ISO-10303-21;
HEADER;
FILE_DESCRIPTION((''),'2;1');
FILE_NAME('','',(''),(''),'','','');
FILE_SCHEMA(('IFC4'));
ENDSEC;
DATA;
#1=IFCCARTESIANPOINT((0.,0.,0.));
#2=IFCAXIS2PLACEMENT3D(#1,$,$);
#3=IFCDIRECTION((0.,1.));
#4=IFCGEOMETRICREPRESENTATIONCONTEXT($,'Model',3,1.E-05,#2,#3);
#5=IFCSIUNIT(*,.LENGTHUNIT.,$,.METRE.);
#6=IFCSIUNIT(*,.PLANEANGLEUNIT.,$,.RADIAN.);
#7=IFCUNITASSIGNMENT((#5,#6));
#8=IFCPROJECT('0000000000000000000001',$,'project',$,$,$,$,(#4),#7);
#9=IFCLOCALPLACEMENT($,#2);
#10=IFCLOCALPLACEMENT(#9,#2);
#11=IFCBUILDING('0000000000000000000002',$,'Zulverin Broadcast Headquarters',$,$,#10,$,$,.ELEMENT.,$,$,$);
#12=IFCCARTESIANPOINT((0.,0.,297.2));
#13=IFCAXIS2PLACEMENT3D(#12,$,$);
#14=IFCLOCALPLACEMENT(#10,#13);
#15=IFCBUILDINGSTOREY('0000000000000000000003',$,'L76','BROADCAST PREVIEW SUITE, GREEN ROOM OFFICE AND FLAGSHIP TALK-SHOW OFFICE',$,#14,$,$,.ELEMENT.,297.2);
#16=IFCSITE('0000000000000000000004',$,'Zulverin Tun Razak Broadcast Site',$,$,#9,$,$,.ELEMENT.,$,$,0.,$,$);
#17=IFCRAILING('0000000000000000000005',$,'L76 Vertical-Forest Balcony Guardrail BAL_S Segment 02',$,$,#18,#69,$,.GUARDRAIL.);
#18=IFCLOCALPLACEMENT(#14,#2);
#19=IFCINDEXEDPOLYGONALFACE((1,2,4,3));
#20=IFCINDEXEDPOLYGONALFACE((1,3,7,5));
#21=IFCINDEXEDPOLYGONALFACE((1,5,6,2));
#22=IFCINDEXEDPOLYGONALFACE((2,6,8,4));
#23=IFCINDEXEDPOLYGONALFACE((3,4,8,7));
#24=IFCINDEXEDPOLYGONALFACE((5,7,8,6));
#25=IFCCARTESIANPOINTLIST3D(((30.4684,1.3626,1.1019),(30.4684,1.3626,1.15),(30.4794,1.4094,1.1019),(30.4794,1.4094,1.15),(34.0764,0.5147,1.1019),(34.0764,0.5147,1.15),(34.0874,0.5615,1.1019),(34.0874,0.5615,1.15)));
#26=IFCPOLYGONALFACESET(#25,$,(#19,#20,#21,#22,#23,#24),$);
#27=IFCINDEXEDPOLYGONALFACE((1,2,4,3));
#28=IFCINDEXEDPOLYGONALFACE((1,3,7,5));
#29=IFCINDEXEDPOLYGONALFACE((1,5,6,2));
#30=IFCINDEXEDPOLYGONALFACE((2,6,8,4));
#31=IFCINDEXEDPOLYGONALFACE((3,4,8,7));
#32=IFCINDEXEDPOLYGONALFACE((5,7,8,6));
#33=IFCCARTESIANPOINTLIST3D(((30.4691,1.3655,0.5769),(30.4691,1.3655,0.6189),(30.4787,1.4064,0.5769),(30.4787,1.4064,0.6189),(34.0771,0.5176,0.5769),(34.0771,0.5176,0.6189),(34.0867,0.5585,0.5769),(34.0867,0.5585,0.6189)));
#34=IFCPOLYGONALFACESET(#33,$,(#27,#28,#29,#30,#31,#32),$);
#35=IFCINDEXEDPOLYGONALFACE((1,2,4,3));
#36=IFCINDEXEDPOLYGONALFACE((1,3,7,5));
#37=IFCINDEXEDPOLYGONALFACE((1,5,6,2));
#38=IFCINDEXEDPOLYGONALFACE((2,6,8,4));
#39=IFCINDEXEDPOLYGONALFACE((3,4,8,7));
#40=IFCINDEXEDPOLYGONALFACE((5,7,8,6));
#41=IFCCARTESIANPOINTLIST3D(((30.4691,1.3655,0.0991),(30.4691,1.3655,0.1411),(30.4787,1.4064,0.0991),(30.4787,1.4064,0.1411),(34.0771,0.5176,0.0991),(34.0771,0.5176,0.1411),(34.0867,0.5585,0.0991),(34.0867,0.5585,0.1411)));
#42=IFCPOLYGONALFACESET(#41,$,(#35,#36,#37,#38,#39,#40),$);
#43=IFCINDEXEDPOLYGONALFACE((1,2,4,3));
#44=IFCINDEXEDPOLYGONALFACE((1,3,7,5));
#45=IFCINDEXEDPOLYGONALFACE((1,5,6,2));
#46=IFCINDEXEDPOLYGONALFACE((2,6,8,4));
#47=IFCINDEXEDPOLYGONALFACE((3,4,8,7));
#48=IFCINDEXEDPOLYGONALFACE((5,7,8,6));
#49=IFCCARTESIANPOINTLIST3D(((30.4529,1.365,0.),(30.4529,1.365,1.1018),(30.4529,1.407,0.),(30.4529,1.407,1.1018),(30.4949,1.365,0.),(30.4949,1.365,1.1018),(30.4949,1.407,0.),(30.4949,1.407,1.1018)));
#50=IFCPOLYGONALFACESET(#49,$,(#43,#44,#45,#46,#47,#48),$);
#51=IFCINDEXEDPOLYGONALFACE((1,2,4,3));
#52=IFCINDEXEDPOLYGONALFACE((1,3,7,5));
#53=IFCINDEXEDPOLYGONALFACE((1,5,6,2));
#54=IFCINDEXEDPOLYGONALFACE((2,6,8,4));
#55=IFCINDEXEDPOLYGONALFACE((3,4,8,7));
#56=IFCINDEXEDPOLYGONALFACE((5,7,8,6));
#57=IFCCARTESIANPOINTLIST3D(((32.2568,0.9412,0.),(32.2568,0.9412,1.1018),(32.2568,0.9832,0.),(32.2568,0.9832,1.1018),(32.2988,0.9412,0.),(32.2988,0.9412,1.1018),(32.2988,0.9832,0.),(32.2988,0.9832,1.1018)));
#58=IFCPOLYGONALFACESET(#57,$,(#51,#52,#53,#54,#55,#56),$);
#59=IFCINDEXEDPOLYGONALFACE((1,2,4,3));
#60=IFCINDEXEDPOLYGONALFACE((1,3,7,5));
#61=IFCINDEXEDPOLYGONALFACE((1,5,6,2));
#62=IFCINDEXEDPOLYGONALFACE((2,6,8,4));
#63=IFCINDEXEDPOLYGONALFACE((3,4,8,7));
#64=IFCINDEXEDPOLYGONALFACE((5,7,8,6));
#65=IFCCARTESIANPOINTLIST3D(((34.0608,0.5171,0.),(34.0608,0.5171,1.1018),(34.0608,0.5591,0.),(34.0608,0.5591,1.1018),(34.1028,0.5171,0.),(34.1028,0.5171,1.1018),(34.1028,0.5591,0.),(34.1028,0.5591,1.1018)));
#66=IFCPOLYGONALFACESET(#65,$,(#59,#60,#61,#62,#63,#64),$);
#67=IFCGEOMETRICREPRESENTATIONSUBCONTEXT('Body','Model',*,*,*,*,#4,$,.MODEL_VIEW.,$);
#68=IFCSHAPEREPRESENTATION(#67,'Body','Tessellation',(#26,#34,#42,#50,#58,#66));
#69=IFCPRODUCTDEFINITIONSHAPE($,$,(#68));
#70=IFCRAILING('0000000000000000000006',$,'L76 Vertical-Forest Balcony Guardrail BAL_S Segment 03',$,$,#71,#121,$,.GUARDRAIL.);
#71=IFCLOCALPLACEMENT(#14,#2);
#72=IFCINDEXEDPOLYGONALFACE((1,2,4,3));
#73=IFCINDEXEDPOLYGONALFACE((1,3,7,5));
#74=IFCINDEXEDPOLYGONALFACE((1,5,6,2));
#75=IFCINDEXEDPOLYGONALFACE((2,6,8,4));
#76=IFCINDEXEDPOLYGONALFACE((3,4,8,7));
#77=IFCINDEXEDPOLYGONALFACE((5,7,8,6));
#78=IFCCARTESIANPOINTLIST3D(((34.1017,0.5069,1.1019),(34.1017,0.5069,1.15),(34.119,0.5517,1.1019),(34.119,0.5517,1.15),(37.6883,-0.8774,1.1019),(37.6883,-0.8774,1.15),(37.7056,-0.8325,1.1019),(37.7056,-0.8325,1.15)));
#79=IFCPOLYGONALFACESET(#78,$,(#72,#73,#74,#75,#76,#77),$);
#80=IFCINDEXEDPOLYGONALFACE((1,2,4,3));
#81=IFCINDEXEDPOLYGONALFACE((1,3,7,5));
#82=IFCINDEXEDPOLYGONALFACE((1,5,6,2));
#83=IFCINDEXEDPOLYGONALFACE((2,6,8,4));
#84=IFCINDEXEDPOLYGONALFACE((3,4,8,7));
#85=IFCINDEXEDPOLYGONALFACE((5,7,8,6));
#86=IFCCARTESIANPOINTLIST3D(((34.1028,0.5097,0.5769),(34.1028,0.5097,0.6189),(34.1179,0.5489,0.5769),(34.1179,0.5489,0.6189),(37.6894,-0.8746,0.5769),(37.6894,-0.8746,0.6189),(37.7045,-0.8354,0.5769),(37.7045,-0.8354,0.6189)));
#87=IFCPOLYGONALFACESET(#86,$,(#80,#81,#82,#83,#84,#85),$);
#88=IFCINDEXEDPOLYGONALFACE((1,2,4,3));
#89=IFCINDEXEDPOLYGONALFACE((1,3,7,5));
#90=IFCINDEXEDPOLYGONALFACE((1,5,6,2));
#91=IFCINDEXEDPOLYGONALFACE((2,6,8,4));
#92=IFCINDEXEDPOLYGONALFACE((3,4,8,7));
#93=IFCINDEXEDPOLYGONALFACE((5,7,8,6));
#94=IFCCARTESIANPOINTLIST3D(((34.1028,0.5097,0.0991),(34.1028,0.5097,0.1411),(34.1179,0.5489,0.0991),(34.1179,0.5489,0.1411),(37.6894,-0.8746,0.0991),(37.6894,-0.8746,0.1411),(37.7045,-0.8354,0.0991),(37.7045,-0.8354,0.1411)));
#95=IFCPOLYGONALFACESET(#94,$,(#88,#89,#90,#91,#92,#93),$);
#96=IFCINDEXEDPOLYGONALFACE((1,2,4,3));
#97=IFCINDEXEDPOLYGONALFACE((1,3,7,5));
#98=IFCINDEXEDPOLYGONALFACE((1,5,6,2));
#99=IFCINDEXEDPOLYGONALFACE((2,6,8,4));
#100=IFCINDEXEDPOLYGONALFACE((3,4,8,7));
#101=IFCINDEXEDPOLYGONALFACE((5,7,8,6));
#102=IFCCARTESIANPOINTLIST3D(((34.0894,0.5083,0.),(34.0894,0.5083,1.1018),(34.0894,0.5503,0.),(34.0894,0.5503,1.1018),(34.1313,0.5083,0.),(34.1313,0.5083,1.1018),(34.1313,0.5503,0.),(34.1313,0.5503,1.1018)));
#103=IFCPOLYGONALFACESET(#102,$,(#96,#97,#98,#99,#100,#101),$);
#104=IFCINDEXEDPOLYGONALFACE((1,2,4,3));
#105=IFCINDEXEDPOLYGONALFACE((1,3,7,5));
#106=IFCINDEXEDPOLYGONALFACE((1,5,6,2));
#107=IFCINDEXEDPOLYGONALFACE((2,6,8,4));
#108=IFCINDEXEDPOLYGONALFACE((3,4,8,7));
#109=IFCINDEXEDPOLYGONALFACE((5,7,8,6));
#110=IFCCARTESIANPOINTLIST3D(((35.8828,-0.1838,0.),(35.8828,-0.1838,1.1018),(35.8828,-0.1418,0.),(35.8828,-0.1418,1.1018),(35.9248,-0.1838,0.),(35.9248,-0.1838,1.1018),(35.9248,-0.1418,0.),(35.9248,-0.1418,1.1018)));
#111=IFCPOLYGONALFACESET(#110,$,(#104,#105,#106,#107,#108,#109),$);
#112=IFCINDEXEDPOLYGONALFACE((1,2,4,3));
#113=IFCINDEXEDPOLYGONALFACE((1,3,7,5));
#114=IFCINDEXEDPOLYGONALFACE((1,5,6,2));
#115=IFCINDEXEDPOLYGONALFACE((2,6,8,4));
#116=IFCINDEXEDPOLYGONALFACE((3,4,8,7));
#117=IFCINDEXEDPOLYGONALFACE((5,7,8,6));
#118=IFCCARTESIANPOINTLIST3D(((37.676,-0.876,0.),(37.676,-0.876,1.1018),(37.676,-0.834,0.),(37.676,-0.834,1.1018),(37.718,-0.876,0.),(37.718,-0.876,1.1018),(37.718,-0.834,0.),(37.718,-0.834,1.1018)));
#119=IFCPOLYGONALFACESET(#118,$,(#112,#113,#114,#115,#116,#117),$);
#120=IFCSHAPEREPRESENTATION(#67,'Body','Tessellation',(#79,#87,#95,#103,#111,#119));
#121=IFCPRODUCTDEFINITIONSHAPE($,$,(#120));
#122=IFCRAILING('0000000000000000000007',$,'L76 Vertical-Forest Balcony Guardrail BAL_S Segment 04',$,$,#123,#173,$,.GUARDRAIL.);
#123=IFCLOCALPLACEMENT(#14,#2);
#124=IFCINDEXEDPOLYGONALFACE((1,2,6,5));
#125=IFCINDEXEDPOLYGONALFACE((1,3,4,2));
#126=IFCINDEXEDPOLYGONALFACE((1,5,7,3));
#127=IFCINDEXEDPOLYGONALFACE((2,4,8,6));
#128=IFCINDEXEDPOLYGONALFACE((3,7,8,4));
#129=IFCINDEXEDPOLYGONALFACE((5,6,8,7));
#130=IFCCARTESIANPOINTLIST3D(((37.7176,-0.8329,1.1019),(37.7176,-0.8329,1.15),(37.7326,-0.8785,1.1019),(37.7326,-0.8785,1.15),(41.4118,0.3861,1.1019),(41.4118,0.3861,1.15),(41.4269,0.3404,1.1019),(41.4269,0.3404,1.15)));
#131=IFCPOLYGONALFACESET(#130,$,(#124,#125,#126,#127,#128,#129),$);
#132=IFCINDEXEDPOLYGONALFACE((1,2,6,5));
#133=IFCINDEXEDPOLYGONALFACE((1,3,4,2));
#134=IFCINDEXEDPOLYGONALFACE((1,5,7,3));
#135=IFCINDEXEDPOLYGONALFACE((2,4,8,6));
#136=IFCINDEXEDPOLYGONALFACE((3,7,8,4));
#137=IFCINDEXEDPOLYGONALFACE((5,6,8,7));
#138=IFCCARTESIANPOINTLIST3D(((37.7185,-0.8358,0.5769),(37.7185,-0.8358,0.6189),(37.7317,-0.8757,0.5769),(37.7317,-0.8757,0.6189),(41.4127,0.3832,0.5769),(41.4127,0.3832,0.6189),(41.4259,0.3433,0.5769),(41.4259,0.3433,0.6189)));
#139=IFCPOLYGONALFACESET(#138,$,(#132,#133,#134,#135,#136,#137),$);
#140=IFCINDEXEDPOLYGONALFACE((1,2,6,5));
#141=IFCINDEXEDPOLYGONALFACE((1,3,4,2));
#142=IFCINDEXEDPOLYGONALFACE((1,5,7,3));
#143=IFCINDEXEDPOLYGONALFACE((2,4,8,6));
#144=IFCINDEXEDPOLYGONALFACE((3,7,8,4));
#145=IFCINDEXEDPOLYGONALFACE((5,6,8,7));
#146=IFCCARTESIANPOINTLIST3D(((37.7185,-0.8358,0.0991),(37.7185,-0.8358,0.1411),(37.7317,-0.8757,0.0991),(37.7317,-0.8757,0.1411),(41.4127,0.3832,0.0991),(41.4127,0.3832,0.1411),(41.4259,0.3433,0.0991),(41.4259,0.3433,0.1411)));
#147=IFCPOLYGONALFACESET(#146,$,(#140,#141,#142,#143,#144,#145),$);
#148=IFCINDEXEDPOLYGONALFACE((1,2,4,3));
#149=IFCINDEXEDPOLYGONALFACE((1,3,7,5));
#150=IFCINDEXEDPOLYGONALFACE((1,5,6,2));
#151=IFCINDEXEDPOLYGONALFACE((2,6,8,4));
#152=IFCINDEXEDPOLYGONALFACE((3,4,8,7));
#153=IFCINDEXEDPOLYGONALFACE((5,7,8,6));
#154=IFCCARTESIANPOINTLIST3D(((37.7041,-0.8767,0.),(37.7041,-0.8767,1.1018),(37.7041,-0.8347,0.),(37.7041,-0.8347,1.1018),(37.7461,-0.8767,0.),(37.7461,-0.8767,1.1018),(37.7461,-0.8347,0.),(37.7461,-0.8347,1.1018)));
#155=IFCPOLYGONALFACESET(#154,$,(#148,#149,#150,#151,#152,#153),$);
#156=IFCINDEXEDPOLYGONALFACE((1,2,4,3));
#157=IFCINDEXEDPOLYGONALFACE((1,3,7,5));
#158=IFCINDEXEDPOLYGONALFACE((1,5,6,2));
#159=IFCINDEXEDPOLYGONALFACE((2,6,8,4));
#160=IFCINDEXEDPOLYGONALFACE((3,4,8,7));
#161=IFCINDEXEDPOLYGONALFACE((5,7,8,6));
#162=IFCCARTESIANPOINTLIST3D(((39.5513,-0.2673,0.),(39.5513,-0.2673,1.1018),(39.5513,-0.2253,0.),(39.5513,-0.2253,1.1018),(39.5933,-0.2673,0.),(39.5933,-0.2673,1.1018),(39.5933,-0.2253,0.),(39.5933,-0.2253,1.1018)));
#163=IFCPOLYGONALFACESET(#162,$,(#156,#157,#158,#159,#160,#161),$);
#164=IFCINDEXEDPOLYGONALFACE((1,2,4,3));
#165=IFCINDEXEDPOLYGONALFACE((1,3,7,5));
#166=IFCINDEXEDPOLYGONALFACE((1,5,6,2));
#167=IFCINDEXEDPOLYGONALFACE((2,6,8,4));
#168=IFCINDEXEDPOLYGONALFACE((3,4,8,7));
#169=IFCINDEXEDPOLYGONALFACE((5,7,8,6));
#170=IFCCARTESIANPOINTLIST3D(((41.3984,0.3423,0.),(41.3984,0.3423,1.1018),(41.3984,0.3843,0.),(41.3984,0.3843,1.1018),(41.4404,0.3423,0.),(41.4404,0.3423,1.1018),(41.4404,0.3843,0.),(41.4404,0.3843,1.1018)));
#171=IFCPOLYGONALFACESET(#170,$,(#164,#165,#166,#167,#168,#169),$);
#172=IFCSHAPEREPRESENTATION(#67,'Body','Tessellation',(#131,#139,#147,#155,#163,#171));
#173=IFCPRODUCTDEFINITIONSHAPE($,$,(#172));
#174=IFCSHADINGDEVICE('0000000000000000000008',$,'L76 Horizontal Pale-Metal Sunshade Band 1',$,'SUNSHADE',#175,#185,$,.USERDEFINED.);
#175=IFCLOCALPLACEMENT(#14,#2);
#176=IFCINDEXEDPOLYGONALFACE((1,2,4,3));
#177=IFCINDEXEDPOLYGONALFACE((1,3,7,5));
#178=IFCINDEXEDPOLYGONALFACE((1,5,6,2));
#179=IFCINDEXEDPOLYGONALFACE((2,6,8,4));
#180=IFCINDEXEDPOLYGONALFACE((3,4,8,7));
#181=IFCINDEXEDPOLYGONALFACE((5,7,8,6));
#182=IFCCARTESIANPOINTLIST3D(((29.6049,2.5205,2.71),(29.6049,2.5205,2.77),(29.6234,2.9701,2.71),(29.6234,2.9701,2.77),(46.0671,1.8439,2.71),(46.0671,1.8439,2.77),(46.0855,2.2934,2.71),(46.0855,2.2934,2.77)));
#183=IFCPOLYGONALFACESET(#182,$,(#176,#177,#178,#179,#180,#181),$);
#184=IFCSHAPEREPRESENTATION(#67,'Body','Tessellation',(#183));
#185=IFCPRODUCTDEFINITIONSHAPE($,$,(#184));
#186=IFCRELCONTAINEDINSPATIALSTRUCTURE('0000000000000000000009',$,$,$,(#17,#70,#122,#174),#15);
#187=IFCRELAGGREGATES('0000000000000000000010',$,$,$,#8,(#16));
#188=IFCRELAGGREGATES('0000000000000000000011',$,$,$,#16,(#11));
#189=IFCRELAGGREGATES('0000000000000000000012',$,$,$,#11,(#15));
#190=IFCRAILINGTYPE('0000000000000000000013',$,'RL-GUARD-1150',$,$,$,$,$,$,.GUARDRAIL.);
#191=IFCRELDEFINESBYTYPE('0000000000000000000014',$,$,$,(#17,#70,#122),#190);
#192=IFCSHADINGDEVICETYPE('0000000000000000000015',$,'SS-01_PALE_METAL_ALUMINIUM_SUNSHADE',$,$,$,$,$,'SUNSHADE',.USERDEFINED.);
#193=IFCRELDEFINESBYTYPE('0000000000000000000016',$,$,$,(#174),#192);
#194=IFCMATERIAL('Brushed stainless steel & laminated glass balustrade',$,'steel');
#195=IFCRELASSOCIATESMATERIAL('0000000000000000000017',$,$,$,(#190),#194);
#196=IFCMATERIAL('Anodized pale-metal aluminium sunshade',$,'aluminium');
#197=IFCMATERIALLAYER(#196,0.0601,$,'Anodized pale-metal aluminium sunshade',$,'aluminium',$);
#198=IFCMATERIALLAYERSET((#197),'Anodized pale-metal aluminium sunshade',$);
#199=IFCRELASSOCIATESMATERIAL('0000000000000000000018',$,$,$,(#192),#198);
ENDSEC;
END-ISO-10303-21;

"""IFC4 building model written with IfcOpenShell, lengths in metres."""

from ifc_helpers import new_model, si_unit, direction, frame, origin, origin_2d, place, context, subcontext, project, spatial, rectangle, extrude, material, layer, layer_set, type_object, element, save


model = new_model("IFC4")

# Units and contexts
model_context = context("Model", 3, precision=1e-05, world=origin(), true_north=direction((0.0, 1.0)))
body_context = subcontext(model_context, "Body", "Model", "MODEL_VIEW")
ifc_project = project(units=[si_unit("LENGTHUNIT", "METRE"), si_unit("PLANEANGLEUNIT", "RADIAN")], contexts=[model_context])

# Site, building, storey
site_placement = place(None, origin())
site = spatial("IfcSite", under=ifc_project, at=site_placement, Name="Zulverin Tun Razak Broadcast Site", CompositionType="ELEMENT", RefElevation=0.0)
building_placement = place(site_placement, origin())
building = spatial("IfcBuilding", under=site, at=building_placement, Name="Zulverin Broadcast Headquarters", CompositionType="ELEMENT")
storey_placement = place(building_placement, frame((0.0, 0.0, 297.2)))
storey = spatial("IfcBuildingStorey", under=building, at=storey_placement, Name="L76", Description="BROADCAST PREVIEW SUITE, GREEN ROOM OFFICE AND FLAGSHIP TALK-SHOW OFFICE", CompositionType="ELEMENT", Elevation=297.2)

# Railings
ifc_material_1 = material(Name="Brushed stainless steel & laminated glass balustrade", Category="steel")
railing_type = type_object("IfcRailingType", Name="RL-GUARD-1150", PredefinedType="GUARDRAIL", material=ifc_material_1)
railing_1_placement = place(storey_placement, frame((30.4739, 1.386, 0.0)))
element("IfcRailing", 1, at=railing_1_placement, inside=storey, type_object=railing_type, Name="L76 Vertical-Forest Balcony Guardrail BAL_S Segment 02", PredefinedType="GUARDRAIL", context=body_context, shape_type="SweptSolid", body=[
    extrude(rectangle(XDim=0.0481, YDim=0.0481, at=origin_2d()), frame((0.0, 0.0, 1.126), z_axis=(0.973478, -0.228779, 0.0), x_axis=(0.228779, 0.973478, 0.0)), (0.0, 0.0, 1.0), 3.7063),
    extrude(rectangle(XDim=0.042, YDim=0.042, at=origin_2d()), frame((0.0, 0.0, 0.5979), z_axis=(0.973478, -0.228779, 0.0), x_axis=(0.228779, 0.973478, 0.0)), (0.0, 0.0, 1.0), 3.7063),
    extrude(rectangle(XDim=0.042, YDim=0.042, at=origin_2d()), frame((0.0, 0.0, 0.1201), z_axis=(0.973478, -0.228779, 0.0), x_axis=(0.228779, 0.973478, 0.0)), (0.0, 0.0, 1.0), 3.7063),
    extrude(rectangle(XDim=0.042, YDim=0.042, at=origin_2d()), origin(), (0.0, 0.0, 1.0), 1.1018),
    extrude(rectangle(XDim=0.042, YDim=0.042, at=origin_2d()), frame((1.804, -0.4238, 0.0)), (0.0, 0.0, 1.0), 1.1018),
    extrude(rectangle(XDim=0.042, YDim=0.042, at=origin_2d()), frame((3.6079, -0.8479, 0.0)), (0.0, 0.0, 1.0), 1.1018),
])
railing_2_placement = place(storey_placement, frame((34.1104, 0.5293, 0.0)))
element("IfcRailing", 2, at=railing_2_placement, inside=storey, type_object=railing_type, Name="L76 Vertical-Forest Balcony Guardrail BAL_S Segment 03", PredefinedType="GUARDRAIL", context=body_context, shape_type="SweptSolid", body=[
    extrude(rectangle(XDim=0.0481, YDim=0.0481, at=origin_2d()), frame((0.0, 0.0, 1.126), z_axis=(0.932928, -0.360064, 0.0), x_axis=(0.360064, 0.932928, 0.0)), (0.0, 0.0, 1.0), 3.8445),
    extrude(rectangle(XDim=0.042, YDim=0.042, at=origin_2d()), frame((0.0, 0.0, 0.5979), z_axis=(0.932928, -0.360064, 0.0), x_axis=(0.360064, 0.932928, 0.0)), (0.0, 0.0, 1.0), 3.8445),
    extrude(rectangle(XDim=0.042, YDim=0.042, at=origin_2d()), frame((0.0, 0.0, 0.1201), z_axis=(0.932928, -0.360064, 0.0), x_axis=(0.360064, 0.932928, 0.0)), (0.0, 0.0, 1.0), 3.8445),
    extrude(rectangle(XDim=0.042, YDim=0.042, at=origin_2d()), origin(), (0.0, 0.0, 1.0), 1.1018),
    extrude(rectangle(XDim=0.042, YDim=0.042, at=origin_2d()), frame((1.7935, -0.6921, 0.0)), (0.0, 0.0, 1.0), 1.1018),
    extrude(rectangle(XDim=0.042, YDim=0.042, at=origin_2d()), frame((3.5867, -1.3843, 0.0)), (0.0, 0.0, 1.0), 1.1018),
])
railing_3_placement = place(storey_placement, frame((37.7251, -0.8557, 0.0)))
element("IfcRailing", 3, at=railing_3_placement, inside=storey, type_object=railing_type, Name="L76 Vertical-Forest Balcony Guardrail BAL_S Segment 04", PredefinedType="GUARDRAIL", context=body_context, shape_type="SweptSolid", body=[
    extrude(rectangle(XDim=0.0481, YDim=0.0481, at=origin_2d()), frame((0.0, 0.0, 1.126), z_axis=(0.949639, 0.313346, 0.0), x_axis=(-0.313346, 0.949639, 0.0)), (0.0, 0.0, 1.0), 3.8901),
    extrude(rectangle(XDim=0.042, YDim=0.042, at=origin_2d()), frame((0.0, 0.0, 0.5979), z_axis=(0.949639, 0.313346, 0.0), x_axis=(-0.313346, 0.949639, 0.0)), (0.0, 0.0, 1.0), 3.8901),
    extrude(rectangle(XDim=0.042, YDim=0.042, at=origin_2d()), frame((0.0, 0.0, 0.1201), z_axis=(0.949639, 0.313346, 0.0), x_axis=(-0.313346, 0.949639, 0.0)), (0.0, 0.0, 1.0), 3.8901),
    extrude(rectangle(XDim=0.042, YDim=0.042, at=origin_2d()), origin(), (0.0, 0.0, 1.0), 1.1018),
    extrude(rectangle(XDim=0.042, YDim=0.042, at=origin_2d()), frame((1.8472, 0.6094, 0.0)), (0.0, 0.0, 1.0), 1.1018),
    extrude(rectangle(XDim=0.042, YDim=0.042, at=origin_2d()), frame((3.6943, 1.219, 0.0)), (0.0, 0.0, 1.0), 1.1018),
])

# Shading device
ifc_material_2 = material(Name="Anodized pale-metal aluminium sunshade", Category="aluminium")
ifc_layer_1 = layer(ifc_material_2, 0.0601, Name="Anodized pale-metal aluminium sunshade", Category="aluminium")
ifc_layer_set_1 = layer_set([ifc_layer_1], Name="Anodized pale-metal aluminium sunshade")
shading_device_type = type_object("IfcShadingDeviceType", Name="SS-01_PALE_METAL_ALUMINIUM_SUNSHADE", ElementType="SUNSHADE", PredefinedType="USERDEFINED", material=ifc_layer_set_1)
shading_device_placement = place(storey_placement, frame((37.8452, 2.407, 2.71), z_axis=(0.0, 0.0, 1.0), x_axis=(0.999156, -0.04107, 0.0)))
element("IfcShadingDevice", 4, at=shading_device_placement, inside=storey, type_object=shading_device_type, Name="L76 Horizontal Pale-Metal Sunshade Band 1", ObjectType="SUNSHADE", PredefinedType="USERDEFINED", context=body_context, shape_type="SweptSolid", body=[
    extrude(rectangle(XDim=16.4761, YDim=0.45, at=origin_2d()), origin(), (0.0, 0.0, 1.0), 0.0601),
])

save(model, "model.ifc")
